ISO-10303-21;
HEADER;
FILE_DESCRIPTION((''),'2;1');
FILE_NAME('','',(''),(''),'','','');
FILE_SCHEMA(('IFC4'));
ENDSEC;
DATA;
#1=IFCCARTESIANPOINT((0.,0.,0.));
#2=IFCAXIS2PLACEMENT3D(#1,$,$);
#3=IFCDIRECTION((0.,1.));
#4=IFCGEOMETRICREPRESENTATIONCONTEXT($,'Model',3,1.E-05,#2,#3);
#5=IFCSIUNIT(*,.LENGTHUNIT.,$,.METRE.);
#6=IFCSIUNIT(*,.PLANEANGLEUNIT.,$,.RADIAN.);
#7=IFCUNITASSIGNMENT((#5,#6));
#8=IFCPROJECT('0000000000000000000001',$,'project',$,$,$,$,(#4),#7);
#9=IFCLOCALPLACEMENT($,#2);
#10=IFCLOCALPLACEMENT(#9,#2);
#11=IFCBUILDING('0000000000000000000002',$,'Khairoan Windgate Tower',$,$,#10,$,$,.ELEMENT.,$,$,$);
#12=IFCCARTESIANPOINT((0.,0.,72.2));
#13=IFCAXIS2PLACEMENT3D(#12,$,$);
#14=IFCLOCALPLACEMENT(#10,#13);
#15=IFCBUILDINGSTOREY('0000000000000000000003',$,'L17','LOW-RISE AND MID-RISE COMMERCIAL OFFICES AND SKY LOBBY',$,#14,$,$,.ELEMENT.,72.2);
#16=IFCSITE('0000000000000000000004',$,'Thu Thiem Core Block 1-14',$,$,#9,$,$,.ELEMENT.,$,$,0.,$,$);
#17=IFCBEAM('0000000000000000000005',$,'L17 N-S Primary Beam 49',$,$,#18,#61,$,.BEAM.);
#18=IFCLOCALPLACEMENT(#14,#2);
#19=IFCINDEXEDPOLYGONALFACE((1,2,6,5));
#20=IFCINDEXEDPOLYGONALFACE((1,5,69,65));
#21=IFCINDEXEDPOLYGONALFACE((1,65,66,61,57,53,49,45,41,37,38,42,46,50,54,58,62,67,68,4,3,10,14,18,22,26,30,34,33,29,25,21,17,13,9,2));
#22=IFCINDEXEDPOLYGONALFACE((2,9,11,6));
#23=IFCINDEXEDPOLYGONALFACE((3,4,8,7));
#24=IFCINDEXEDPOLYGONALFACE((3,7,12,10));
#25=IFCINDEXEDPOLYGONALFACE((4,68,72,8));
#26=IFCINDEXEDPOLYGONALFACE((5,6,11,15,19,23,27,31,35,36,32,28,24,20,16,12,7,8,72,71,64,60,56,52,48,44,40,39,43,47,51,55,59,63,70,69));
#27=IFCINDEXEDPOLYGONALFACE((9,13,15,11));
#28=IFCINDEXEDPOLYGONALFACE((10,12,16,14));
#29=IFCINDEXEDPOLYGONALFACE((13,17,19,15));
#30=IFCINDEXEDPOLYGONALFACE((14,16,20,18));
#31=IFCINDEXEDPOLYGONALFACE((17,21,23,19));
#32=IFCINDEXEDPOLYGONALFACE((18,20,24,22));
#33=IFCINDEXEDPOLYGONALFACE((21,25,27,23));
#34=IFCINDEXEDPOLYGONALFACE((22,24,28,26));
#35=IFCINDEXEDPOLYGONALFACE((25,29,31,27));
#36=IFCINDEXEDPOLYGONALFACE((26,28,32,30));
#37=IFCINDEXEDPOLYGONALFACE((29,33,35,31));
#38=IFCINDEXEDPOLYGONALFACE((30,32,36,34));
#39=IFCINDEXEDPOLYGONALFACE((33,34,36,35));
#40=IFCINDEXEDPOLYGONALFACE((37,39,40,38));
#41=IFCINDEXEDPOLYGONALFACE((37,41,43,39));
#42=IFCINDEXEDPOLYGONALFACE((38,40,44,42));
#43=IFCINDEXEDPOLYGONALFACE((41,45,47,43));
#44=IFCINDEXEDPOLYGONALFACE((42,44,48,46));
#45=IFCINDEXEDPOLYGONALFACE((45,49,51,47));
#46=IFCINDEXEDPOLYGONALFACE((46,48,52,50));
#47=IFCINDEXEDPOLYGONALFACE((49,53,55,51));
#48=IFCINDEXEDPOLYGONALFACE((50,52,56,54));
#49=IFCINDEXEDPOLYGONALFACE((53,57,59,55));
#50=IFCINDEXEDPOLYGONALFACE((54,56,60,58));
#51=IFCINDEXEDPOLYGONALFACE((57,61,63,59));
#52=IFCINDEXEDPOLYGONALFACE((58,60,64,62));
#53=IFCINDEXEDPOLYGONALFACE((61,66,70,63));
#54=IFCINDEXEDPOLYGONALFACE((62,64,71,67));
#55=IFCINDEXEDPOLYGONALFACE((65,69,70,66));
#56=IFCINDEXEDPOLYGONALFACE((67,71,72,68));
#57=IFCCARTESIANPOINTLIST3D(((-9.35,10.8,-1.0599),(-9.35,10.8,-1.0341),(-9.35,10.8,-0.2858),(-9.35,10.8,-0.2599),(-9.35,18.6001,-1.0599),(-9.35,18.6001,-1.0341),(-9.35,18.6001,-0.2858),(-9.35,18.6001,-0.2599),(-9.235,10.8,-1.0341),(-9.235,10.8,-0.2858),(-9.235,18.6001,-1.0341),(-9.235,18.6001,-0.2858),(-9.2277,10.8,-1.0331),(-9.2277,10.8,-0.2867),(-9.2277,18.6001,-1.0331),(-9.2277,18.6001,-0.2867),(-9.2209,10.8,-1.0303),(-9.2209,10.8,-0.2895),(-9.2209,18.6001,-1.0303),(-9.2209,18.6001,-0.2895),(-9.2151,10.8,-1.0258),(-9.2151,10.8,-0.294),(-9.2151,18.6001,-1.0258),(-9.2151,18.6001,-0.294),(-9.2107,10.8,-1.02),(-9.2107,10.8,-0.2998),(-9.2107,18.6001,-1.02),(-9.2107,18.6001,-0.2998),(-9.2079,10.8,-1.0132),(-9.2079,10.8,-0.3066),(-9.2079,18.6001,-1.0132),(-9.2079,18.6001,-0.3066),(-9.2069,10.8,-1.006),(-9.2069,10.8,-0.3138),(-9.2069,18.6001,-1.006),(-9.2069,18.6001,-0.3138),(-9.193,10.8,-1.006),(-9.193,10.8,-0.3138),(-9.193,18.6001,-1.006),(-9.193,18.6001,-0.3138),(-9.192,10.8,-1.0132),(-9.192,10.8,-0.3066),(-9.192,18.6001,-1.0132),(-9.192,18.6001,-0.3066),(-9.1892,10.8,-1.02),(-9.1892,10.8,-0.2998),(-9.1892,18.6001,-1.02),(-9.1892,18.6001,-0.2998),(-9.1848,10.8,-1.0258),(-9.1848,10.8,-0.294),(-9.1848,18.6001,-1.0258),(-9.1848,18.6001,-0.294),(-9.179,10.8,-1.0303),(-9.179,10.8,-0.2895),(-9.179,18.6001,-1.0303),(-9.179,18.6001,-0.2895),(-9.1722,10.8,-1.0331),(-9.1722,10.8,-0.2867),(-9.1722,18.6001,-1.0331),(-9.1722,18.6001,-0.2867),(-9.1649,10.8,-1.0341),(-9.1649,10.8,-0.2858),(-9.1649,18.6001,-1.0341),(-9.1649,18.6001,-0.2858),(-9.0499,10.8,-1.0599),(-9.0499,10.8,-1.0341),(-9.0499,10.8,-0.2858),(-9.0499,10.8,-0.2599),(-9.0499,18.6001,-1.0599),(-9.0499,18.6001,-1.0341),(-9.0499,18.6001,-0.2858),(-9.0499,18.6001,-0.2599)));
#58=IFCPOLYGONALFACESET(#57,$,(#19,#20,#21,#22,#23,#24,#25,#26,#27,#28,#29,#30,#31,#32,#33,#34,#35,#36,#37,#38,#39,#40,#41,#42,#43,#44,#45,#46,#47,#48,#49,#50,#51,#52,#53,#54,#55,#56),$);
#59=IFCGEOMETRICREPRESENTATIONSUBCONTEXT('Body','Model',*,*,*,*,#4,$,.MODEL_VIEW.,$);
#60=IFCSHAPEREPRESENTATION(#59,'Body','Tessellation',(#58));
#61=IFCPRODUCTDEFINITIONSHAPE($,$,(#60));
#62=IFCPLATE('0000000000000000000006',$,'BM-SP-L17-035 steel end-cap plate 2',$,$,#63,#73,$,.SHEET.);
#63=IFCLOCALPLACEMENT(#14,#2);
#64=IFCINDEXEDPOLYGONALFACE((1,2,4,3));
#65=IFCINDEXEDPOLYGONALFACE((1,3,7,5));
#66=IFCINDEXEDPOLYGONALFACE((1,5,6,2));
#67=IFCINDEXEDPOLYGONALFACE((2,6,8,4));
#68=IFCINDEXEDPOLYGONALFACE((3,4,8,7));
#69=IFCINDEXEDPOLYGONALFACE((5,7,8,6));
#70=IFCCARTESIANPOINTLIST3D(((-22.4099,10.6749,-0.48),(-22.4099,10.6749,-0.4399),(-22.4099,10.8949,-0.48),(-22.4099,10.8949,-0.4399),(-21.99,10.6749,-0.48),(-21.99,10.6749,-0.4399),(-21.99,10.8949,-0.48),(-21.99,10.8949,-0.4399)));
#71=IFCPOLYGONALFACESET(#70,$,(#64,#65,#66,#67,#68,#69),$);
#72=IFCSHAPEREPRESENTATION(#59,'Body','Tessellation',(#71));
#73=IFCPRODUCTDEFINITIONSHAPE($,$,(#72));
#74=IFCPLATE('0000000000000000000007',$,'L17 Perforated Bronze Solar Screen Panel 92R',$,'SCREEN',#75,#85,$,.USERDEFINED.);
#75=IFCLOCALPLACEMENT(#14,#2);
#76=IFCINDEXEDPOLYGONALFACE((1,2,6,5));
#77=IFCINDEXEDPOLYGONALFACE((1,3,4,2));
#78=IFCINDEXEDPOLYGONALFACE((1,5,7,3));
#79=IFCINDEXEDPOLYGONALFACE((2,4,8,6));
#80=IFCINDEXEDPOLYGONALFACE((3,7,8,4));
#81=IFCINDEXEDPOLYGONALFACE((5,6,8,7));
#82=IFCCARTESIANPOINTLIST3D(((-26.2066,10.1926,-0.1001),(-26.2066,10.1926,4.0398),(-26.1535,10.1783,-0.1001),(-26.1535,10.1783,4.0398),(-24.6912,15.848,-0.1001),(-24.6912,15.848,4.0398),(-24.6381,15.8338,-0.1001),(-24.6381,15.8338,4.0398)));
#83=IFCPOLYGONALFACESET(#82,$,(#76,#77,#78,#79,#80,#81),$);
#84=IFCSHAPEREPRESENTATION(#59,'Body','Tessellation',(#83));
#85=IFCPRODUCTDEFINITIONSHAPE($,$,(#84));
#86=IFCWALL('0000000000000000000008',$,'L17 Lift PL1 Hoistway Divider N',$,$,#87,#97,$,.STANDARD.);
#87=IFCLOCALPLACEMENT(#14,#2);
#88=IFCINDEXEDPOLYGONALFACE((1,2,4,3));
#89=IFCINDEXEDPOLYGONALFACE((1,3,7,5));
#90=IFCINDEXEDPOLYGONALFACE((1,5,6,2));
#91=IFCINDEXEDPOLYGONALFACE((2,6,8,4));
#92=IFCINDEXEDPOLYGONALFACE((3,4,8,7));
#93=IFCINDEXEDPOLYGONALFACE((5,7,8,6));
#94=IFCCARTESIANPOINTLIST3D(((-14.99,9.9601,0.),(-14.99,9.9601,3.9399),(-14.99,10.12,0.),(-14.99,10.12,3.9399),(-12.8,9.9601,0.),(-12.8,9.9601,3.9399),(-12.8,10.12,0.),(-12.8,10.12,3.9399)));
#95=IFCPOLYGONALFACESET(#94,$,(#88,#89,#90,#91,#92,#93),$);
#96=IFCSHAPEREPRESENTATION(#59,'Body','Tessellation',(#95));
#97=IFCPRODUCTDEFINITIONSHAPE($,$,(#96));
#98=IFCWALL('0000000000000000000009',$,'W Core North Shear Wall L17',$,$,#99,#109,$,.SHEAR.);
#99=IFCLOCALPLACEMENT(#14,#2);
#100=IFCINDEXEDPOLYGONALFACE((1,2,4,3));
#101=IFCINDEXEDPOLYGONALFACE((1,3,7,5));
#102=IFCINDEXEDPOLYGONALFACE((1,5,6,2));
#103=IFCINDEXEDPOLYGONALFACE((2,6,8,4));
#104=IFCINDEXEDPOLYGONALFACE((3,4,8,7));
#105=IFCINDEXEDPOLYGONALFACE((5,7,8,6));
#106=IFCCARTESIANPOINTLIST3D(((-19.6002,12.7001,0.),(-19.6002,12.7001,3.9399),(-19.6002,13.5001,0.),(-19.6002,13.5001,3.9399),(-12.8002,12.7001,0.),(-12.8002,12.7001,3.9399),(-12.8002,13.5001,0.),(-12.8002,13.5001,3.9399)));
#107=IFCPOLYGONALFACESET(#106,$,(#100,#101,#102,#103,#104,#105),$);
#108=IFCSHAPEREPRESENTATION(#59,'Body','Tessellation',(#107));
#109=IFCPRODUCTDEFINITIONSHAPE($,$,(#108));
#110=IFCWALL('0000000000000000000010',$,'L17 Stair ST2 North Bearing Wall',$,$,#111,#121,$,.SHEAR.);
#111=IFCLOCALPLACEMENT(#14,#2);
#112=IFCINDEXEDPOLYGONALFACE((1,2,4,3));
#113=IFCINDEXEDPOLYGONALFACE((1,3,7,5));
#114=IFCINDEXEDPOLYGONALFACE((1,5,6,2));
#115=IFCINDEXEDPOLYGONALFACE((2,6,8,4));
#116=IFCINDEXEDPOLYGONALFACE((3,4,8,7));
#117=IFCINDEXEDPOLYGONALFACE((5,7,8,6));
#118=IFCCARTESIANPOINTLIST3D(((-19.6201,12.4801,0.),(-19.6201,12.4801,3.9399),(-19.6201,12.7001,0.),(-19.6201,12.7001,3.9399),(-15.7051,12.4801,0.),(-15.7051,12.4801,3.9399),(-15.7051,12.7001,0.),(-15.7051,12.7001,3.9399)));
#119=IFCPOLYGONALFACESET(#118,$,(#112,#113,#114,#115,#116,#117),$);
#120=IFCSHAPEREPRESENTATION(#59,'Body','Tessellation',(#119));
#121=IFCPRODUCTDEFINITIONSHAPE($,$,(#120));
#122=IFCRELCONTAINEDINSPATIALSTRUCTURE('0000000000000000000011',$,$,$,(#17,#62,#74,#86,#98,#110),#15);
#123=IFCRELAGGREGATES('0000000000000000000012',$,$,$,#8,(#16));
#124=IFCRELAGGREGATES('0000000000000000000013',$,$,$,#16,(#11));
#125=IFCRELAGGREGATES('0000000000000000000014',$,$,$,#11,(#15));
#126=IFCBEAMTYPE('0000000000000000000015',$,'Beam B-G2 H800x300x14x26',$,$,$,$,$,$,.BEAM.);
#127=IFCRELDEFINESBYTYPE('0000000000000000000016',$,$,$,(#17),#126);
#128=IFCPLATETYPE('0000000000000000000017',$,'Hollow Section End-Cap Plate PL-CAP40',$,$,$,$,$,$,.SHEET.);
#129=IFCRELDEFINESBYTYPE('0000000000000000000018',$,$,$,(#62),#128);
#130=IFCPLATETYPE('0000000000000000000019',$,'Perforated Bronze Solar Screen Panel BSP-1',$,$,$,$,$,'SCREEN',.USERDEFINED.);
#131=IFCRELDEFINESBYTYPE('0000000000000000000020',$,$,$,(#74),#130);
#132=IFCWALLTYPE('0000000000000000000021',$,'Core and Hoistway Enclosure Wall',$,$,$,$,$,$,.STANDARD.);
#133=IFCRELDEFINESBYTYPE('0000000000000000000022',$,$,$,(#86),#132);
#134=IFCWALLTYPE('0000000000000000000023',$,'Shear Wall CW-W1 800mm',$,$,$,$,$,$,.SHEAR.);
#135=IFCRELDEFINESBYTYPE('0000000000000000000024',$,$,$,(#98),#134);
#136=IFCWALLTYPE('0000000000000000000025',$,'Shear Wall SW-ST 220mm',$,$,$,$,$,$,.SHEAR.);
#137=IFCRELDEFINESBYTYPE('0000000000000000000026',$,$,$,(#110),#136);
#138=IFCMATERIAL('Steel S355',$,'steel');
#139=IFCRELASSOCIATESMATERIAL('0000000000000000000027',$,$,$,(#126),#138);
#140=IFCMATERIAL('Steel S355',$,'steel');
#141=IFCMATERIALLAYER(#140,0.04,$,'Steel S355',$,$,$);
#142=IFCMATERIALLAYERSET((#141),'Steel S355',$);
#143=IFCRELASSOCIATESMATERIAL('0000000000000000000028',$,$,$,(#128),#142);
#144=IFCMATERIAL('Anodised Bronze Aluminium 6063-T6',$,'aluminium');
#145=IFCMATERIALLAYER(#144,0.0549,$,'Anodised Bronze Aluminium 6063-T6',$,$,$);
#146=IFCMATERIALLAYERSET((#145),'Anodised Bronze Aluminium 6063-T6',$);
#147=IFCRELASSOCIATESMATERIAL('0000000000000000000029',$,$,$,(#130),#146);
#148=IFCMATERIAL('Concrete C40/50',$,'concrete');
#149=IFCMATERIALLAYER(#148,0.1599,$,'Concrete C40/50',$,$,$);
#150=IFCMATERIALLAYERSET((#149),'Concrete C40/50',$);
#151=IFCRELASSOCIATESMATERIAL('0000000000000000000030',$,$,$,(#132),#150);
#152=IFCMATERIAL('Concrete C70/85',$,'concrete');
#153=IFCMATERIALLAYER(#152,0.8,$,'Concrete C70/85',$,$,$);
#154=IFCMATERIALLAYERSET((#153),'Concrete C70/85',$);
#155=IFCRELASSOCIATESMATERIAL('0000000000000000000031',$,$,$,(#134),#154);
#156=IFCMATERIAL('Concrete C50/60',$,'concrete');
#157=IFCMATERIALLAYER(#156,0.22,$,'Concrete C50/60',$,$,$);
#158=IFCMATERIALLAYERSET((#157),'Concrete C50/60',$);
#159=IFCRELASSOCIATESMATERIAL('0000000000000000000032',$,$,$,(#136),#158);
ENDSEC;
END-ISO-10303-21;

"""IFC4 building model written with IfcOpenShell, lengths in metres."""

from ifc_helpers import new_model, si_unit, direction, frame, frame_2d, origin, origin_2d, place, context, subcontext, project, spatial, rectangle, i_section, extrude, material, layer, layer_set, material_profile, profile_set, type_object, element, save


model = new_model("IFC4")

# Units and contexts
model_context = context("Model", 3, precision=1e-05, world=origin(), true_north=direction((0.0, 1.0)))
body_context = subcontext(model_context, "Body", "Model", "MODEL_VIEW")
ifc_project = project(units=[si_unit("LENGTHUNIT", "METRE"), si_unit("PLANEANGLEUNIT", "RADIAN")], contexts=[model_context])

# Site, building, storey
site_placement = place(None, origin())
site = spatial("IfcSite", under=ifc_project, at=site_placement, Name="Thu Thiem Core Block 1-14", CompositionType="ELEMENT", RefElevation=0.0)
building_placement = place(site_placement, origin())
building = spatial("IfcBuilding", under=site, at=building_placement, Name="Khairoan Windgate Tower", CompositionType="ELEMENT")
storey_placement = place(building_placement, frame((0.0, 0.0, 72.2)))
storey = spatial("IfcBuildingStorey", under=building, at=storey_placement, Name="L17", Description="LOW-RISE AND MID-RISE COMMERCIAL OFFICES AND SKY LOBBY", CompositionType="ELEMENT", Elevation=72.2)

# Beam
ifc_material_1 = material(Name="Steel S355", Category="steel")
ifc_material_profile_1 = material_profile(ifc_material_1, i_section(OverallWidth=0.3, OverallDepth=0.8, WebThickness=0.0139, FlangeThickness=0.0259, FilletRadius=0.0281, at=origin_2d()))
ifc_profile_set_1 = profile_set([ifc_material_profile_1], Name="Steel S355")
beam_type = type_object("IfcBeamType", Name="Beam B-G2 H800x300x14x26", PredefinedType="BEAM", material=ifc_profile_set_1)
beam_1_placement = place(storey_placement, frame((-9.2, 10.8, -0.6599), z_axis=(0.0, 1.0, 0.0), x_axis=(-1.0, 0.0, 0.0)))
element("IfcBeam", 1, at=beam_1_placement, inside=storey, type_object=beam_type, Name="L17 N-S Primary Beam 49", PredefinedType="BEAM", context=body_context, shape_type="SweptSolid", body=[
    extrude(i_section(OverallWidth=0.3, OverallDepth=0.8, WebThickness=0.0139, FlangeThickness=0.0259, FilletRadius=0.0281, at=origin_2d()), origin(), (0.0, 0.0, 1.0), 7.8),
])

# Plates
ifc_material_2 = material(Name="Steel S355", Category="steel")
ifc_layer_1 = layer(ifc_material_2, 0.04, Name="Steel S355")
ifc_layer_set_1 = layer_set([ifc_layer_1], Name="Steel S355")
plate_type_1 = type_object("IfcPlateType", Name="Hollow Section End-Cap Plate PL-CAP40", PredefinedType="SHEET", material=ifc_layer_set_1)
plate_1_placement = place(storey_placement, frame((-22.2, 10.7849, -0.48), z_axis=(0.0, 0.0, 1.0), x_axis=(0.0, 1.0, 0.0)))
element("IfcPlate", 2, at=plate_1_placement, inside=storey, type_object=plate_type_1, Name="BM-SP-L17-035 steel end-cap plate 2", PredefinedType="SHEET", context=body_context, shape_type="SweptSolid", body=[
    extrude(rectangle(XDim=0.22, YDim=0.4199, at=origin_2d()), origin(), (0.0, 0.0, 1.0), 0.04),
])
ifc_material_3 = material(Name="Anodised Bronze Aluminium 6063-T6", Category="aluminium")
ifc_layer_2 = layer(ifc_material_3, 0.0549, Name="Anodised Bronze Aluminium 6063-T6")
ifc_layer_set_2 = layer_set([ifc_layer_2], Name="Anodised Bronze Aluminium 6063-T6")
plate_type_2 = type_object("IfcPlateType", Name="Perforated Bronze Solar Screen Panel BSP-1", ElementType="SCREEN", PredefinedType="USERDEFINED", material=ifc_layer_set_2)
plate_2_placement = place(storey_placement, frame((-25.4224, 13.0132, -0.1001), z_axis=(0.0, 0.0, 1.0), x_axis=(0.258819, 0.965926, 0.0)))
element("IfcPlate", 3, at=plate_2_placement, inside=storey, type_object=plate_type_2, Name="L17 Perforated Bronze Solar Screen Panel 92R", ObjectType="SCREEN", PredefinedType="USERDEFINED", context=body_context, shape_type="SweptSolid", body=[
    extrude(rectangle(XDim=5.855, YDim=0.0549, at=origin_2d()), origin(), (0.0, 0.0, 1.0), 4.1399),
])

# Walls
ifc_material_4 = material(Name="Concrete C40/50", Category="concrete")
ifc_layer_3 = layer(ifc_material_4, 0.1599, Name="Concrete C40/50")
ifc_layer_set_3 = layer_set([ifc_layer_3], Name="Concrete C40/50")
wall_type_1 = type_object("IfcWallType", Name="Core and Hoistway Enclosure Wall", PredefinedType="STANDARD", material=ifc_layer_set_3)
wall_1_placement = place(storey_placement, frame((-14.99, 10.04, 0.0), z_axis=(0.0, 0.0, 1.0), x_axis=(1.0, 0.0, 0.0)))
element("IfcWall", 4, at=wall_1_placement, inside=storey, type_object=wall_type_1, Name="L17 Lift PL1 Hoistway Divider N", PredefinedType="STANDARD", context=body_context, shape_type="SweptSolid", body=[
    extrude(rectangle(XDim=2.1899, YDim=0.1599, at=frame_2d((1.095, 0.0))), origin(), (0.0, 0.0, 1.0), 3.9399),
])
ifc_material_5 = material(Name="Concrete C70/85", Category="concrete")
ifc_layer_4 = layer(ifc_material_5, 0.8, Name="Concrete C70/85")
ifc_layer_set_4 = layer_set([ifc_layer_4], Name="Concrete C70/85")
wall_type_2 = type_object("IfcWallType", Name="Shear Wall CW-W1 800mm", PredefinedType="SHEAR", material=ifc_layer_set_4)
wall_2_placement = place(storey_placement, frame((-19.6001, 13.1001, 0.0), z_axis=(0.0, 0.0, 1.0), x_axis=(1.0, 0.0, 0.0)))
element("IfcWall", 5, at=wall_2_placement, inside=storey, type_object=wall_type_2, Name="W Core North Shear Wall L17", PredefinedType="SHEAR", context=body_context, shape_type="SweptSolid", body=[
    extrude(rectangle(XDim=6.8, YDim=0.8, at=frame_2d((3.3999, 0.0))), origin(), (0.0, 0.0, 1.0), 3.9399),
])
ifc_material_6 = material(Name="Concrete C50/60", Category="concrete")
ifc_layer_5 = layer(ifc_material_6, 0.22, Name="Concrete C50/60")
ifc_layer_set_5 = layer_set([ifc_layer_5], Name="Concrete C50/60")
wall_type_3 = type_object("IfcWallType", Name="Shear Wall SW-ST 220mm", PredefinedType="SHEAR", material=ifc_layer_set_5)
wall_3_placement = place(storey_placement, frame((-19.6201, 12.5901, 0.0), z_axis=(0.0, 0.0, 1.0), x_axis=(1.0, 0.0, 0.0)))
element("IfcWall", 6, at=wall_3_placement, inside=storey, type_object=wall_type_3, Name="L17 Stair ST2 North Bearing Wall", PredefinedType="SHEAR", context=body_context, shape_type="SweptSolid", body=[
    extrude(rectangle(XDim=3.915, YDim=0.22, at=frame_2d((1.9575, 0.0))), origin(), (0.0, 0.0, 1.0), 3.9399),
])

save(model, "model.ifc")
